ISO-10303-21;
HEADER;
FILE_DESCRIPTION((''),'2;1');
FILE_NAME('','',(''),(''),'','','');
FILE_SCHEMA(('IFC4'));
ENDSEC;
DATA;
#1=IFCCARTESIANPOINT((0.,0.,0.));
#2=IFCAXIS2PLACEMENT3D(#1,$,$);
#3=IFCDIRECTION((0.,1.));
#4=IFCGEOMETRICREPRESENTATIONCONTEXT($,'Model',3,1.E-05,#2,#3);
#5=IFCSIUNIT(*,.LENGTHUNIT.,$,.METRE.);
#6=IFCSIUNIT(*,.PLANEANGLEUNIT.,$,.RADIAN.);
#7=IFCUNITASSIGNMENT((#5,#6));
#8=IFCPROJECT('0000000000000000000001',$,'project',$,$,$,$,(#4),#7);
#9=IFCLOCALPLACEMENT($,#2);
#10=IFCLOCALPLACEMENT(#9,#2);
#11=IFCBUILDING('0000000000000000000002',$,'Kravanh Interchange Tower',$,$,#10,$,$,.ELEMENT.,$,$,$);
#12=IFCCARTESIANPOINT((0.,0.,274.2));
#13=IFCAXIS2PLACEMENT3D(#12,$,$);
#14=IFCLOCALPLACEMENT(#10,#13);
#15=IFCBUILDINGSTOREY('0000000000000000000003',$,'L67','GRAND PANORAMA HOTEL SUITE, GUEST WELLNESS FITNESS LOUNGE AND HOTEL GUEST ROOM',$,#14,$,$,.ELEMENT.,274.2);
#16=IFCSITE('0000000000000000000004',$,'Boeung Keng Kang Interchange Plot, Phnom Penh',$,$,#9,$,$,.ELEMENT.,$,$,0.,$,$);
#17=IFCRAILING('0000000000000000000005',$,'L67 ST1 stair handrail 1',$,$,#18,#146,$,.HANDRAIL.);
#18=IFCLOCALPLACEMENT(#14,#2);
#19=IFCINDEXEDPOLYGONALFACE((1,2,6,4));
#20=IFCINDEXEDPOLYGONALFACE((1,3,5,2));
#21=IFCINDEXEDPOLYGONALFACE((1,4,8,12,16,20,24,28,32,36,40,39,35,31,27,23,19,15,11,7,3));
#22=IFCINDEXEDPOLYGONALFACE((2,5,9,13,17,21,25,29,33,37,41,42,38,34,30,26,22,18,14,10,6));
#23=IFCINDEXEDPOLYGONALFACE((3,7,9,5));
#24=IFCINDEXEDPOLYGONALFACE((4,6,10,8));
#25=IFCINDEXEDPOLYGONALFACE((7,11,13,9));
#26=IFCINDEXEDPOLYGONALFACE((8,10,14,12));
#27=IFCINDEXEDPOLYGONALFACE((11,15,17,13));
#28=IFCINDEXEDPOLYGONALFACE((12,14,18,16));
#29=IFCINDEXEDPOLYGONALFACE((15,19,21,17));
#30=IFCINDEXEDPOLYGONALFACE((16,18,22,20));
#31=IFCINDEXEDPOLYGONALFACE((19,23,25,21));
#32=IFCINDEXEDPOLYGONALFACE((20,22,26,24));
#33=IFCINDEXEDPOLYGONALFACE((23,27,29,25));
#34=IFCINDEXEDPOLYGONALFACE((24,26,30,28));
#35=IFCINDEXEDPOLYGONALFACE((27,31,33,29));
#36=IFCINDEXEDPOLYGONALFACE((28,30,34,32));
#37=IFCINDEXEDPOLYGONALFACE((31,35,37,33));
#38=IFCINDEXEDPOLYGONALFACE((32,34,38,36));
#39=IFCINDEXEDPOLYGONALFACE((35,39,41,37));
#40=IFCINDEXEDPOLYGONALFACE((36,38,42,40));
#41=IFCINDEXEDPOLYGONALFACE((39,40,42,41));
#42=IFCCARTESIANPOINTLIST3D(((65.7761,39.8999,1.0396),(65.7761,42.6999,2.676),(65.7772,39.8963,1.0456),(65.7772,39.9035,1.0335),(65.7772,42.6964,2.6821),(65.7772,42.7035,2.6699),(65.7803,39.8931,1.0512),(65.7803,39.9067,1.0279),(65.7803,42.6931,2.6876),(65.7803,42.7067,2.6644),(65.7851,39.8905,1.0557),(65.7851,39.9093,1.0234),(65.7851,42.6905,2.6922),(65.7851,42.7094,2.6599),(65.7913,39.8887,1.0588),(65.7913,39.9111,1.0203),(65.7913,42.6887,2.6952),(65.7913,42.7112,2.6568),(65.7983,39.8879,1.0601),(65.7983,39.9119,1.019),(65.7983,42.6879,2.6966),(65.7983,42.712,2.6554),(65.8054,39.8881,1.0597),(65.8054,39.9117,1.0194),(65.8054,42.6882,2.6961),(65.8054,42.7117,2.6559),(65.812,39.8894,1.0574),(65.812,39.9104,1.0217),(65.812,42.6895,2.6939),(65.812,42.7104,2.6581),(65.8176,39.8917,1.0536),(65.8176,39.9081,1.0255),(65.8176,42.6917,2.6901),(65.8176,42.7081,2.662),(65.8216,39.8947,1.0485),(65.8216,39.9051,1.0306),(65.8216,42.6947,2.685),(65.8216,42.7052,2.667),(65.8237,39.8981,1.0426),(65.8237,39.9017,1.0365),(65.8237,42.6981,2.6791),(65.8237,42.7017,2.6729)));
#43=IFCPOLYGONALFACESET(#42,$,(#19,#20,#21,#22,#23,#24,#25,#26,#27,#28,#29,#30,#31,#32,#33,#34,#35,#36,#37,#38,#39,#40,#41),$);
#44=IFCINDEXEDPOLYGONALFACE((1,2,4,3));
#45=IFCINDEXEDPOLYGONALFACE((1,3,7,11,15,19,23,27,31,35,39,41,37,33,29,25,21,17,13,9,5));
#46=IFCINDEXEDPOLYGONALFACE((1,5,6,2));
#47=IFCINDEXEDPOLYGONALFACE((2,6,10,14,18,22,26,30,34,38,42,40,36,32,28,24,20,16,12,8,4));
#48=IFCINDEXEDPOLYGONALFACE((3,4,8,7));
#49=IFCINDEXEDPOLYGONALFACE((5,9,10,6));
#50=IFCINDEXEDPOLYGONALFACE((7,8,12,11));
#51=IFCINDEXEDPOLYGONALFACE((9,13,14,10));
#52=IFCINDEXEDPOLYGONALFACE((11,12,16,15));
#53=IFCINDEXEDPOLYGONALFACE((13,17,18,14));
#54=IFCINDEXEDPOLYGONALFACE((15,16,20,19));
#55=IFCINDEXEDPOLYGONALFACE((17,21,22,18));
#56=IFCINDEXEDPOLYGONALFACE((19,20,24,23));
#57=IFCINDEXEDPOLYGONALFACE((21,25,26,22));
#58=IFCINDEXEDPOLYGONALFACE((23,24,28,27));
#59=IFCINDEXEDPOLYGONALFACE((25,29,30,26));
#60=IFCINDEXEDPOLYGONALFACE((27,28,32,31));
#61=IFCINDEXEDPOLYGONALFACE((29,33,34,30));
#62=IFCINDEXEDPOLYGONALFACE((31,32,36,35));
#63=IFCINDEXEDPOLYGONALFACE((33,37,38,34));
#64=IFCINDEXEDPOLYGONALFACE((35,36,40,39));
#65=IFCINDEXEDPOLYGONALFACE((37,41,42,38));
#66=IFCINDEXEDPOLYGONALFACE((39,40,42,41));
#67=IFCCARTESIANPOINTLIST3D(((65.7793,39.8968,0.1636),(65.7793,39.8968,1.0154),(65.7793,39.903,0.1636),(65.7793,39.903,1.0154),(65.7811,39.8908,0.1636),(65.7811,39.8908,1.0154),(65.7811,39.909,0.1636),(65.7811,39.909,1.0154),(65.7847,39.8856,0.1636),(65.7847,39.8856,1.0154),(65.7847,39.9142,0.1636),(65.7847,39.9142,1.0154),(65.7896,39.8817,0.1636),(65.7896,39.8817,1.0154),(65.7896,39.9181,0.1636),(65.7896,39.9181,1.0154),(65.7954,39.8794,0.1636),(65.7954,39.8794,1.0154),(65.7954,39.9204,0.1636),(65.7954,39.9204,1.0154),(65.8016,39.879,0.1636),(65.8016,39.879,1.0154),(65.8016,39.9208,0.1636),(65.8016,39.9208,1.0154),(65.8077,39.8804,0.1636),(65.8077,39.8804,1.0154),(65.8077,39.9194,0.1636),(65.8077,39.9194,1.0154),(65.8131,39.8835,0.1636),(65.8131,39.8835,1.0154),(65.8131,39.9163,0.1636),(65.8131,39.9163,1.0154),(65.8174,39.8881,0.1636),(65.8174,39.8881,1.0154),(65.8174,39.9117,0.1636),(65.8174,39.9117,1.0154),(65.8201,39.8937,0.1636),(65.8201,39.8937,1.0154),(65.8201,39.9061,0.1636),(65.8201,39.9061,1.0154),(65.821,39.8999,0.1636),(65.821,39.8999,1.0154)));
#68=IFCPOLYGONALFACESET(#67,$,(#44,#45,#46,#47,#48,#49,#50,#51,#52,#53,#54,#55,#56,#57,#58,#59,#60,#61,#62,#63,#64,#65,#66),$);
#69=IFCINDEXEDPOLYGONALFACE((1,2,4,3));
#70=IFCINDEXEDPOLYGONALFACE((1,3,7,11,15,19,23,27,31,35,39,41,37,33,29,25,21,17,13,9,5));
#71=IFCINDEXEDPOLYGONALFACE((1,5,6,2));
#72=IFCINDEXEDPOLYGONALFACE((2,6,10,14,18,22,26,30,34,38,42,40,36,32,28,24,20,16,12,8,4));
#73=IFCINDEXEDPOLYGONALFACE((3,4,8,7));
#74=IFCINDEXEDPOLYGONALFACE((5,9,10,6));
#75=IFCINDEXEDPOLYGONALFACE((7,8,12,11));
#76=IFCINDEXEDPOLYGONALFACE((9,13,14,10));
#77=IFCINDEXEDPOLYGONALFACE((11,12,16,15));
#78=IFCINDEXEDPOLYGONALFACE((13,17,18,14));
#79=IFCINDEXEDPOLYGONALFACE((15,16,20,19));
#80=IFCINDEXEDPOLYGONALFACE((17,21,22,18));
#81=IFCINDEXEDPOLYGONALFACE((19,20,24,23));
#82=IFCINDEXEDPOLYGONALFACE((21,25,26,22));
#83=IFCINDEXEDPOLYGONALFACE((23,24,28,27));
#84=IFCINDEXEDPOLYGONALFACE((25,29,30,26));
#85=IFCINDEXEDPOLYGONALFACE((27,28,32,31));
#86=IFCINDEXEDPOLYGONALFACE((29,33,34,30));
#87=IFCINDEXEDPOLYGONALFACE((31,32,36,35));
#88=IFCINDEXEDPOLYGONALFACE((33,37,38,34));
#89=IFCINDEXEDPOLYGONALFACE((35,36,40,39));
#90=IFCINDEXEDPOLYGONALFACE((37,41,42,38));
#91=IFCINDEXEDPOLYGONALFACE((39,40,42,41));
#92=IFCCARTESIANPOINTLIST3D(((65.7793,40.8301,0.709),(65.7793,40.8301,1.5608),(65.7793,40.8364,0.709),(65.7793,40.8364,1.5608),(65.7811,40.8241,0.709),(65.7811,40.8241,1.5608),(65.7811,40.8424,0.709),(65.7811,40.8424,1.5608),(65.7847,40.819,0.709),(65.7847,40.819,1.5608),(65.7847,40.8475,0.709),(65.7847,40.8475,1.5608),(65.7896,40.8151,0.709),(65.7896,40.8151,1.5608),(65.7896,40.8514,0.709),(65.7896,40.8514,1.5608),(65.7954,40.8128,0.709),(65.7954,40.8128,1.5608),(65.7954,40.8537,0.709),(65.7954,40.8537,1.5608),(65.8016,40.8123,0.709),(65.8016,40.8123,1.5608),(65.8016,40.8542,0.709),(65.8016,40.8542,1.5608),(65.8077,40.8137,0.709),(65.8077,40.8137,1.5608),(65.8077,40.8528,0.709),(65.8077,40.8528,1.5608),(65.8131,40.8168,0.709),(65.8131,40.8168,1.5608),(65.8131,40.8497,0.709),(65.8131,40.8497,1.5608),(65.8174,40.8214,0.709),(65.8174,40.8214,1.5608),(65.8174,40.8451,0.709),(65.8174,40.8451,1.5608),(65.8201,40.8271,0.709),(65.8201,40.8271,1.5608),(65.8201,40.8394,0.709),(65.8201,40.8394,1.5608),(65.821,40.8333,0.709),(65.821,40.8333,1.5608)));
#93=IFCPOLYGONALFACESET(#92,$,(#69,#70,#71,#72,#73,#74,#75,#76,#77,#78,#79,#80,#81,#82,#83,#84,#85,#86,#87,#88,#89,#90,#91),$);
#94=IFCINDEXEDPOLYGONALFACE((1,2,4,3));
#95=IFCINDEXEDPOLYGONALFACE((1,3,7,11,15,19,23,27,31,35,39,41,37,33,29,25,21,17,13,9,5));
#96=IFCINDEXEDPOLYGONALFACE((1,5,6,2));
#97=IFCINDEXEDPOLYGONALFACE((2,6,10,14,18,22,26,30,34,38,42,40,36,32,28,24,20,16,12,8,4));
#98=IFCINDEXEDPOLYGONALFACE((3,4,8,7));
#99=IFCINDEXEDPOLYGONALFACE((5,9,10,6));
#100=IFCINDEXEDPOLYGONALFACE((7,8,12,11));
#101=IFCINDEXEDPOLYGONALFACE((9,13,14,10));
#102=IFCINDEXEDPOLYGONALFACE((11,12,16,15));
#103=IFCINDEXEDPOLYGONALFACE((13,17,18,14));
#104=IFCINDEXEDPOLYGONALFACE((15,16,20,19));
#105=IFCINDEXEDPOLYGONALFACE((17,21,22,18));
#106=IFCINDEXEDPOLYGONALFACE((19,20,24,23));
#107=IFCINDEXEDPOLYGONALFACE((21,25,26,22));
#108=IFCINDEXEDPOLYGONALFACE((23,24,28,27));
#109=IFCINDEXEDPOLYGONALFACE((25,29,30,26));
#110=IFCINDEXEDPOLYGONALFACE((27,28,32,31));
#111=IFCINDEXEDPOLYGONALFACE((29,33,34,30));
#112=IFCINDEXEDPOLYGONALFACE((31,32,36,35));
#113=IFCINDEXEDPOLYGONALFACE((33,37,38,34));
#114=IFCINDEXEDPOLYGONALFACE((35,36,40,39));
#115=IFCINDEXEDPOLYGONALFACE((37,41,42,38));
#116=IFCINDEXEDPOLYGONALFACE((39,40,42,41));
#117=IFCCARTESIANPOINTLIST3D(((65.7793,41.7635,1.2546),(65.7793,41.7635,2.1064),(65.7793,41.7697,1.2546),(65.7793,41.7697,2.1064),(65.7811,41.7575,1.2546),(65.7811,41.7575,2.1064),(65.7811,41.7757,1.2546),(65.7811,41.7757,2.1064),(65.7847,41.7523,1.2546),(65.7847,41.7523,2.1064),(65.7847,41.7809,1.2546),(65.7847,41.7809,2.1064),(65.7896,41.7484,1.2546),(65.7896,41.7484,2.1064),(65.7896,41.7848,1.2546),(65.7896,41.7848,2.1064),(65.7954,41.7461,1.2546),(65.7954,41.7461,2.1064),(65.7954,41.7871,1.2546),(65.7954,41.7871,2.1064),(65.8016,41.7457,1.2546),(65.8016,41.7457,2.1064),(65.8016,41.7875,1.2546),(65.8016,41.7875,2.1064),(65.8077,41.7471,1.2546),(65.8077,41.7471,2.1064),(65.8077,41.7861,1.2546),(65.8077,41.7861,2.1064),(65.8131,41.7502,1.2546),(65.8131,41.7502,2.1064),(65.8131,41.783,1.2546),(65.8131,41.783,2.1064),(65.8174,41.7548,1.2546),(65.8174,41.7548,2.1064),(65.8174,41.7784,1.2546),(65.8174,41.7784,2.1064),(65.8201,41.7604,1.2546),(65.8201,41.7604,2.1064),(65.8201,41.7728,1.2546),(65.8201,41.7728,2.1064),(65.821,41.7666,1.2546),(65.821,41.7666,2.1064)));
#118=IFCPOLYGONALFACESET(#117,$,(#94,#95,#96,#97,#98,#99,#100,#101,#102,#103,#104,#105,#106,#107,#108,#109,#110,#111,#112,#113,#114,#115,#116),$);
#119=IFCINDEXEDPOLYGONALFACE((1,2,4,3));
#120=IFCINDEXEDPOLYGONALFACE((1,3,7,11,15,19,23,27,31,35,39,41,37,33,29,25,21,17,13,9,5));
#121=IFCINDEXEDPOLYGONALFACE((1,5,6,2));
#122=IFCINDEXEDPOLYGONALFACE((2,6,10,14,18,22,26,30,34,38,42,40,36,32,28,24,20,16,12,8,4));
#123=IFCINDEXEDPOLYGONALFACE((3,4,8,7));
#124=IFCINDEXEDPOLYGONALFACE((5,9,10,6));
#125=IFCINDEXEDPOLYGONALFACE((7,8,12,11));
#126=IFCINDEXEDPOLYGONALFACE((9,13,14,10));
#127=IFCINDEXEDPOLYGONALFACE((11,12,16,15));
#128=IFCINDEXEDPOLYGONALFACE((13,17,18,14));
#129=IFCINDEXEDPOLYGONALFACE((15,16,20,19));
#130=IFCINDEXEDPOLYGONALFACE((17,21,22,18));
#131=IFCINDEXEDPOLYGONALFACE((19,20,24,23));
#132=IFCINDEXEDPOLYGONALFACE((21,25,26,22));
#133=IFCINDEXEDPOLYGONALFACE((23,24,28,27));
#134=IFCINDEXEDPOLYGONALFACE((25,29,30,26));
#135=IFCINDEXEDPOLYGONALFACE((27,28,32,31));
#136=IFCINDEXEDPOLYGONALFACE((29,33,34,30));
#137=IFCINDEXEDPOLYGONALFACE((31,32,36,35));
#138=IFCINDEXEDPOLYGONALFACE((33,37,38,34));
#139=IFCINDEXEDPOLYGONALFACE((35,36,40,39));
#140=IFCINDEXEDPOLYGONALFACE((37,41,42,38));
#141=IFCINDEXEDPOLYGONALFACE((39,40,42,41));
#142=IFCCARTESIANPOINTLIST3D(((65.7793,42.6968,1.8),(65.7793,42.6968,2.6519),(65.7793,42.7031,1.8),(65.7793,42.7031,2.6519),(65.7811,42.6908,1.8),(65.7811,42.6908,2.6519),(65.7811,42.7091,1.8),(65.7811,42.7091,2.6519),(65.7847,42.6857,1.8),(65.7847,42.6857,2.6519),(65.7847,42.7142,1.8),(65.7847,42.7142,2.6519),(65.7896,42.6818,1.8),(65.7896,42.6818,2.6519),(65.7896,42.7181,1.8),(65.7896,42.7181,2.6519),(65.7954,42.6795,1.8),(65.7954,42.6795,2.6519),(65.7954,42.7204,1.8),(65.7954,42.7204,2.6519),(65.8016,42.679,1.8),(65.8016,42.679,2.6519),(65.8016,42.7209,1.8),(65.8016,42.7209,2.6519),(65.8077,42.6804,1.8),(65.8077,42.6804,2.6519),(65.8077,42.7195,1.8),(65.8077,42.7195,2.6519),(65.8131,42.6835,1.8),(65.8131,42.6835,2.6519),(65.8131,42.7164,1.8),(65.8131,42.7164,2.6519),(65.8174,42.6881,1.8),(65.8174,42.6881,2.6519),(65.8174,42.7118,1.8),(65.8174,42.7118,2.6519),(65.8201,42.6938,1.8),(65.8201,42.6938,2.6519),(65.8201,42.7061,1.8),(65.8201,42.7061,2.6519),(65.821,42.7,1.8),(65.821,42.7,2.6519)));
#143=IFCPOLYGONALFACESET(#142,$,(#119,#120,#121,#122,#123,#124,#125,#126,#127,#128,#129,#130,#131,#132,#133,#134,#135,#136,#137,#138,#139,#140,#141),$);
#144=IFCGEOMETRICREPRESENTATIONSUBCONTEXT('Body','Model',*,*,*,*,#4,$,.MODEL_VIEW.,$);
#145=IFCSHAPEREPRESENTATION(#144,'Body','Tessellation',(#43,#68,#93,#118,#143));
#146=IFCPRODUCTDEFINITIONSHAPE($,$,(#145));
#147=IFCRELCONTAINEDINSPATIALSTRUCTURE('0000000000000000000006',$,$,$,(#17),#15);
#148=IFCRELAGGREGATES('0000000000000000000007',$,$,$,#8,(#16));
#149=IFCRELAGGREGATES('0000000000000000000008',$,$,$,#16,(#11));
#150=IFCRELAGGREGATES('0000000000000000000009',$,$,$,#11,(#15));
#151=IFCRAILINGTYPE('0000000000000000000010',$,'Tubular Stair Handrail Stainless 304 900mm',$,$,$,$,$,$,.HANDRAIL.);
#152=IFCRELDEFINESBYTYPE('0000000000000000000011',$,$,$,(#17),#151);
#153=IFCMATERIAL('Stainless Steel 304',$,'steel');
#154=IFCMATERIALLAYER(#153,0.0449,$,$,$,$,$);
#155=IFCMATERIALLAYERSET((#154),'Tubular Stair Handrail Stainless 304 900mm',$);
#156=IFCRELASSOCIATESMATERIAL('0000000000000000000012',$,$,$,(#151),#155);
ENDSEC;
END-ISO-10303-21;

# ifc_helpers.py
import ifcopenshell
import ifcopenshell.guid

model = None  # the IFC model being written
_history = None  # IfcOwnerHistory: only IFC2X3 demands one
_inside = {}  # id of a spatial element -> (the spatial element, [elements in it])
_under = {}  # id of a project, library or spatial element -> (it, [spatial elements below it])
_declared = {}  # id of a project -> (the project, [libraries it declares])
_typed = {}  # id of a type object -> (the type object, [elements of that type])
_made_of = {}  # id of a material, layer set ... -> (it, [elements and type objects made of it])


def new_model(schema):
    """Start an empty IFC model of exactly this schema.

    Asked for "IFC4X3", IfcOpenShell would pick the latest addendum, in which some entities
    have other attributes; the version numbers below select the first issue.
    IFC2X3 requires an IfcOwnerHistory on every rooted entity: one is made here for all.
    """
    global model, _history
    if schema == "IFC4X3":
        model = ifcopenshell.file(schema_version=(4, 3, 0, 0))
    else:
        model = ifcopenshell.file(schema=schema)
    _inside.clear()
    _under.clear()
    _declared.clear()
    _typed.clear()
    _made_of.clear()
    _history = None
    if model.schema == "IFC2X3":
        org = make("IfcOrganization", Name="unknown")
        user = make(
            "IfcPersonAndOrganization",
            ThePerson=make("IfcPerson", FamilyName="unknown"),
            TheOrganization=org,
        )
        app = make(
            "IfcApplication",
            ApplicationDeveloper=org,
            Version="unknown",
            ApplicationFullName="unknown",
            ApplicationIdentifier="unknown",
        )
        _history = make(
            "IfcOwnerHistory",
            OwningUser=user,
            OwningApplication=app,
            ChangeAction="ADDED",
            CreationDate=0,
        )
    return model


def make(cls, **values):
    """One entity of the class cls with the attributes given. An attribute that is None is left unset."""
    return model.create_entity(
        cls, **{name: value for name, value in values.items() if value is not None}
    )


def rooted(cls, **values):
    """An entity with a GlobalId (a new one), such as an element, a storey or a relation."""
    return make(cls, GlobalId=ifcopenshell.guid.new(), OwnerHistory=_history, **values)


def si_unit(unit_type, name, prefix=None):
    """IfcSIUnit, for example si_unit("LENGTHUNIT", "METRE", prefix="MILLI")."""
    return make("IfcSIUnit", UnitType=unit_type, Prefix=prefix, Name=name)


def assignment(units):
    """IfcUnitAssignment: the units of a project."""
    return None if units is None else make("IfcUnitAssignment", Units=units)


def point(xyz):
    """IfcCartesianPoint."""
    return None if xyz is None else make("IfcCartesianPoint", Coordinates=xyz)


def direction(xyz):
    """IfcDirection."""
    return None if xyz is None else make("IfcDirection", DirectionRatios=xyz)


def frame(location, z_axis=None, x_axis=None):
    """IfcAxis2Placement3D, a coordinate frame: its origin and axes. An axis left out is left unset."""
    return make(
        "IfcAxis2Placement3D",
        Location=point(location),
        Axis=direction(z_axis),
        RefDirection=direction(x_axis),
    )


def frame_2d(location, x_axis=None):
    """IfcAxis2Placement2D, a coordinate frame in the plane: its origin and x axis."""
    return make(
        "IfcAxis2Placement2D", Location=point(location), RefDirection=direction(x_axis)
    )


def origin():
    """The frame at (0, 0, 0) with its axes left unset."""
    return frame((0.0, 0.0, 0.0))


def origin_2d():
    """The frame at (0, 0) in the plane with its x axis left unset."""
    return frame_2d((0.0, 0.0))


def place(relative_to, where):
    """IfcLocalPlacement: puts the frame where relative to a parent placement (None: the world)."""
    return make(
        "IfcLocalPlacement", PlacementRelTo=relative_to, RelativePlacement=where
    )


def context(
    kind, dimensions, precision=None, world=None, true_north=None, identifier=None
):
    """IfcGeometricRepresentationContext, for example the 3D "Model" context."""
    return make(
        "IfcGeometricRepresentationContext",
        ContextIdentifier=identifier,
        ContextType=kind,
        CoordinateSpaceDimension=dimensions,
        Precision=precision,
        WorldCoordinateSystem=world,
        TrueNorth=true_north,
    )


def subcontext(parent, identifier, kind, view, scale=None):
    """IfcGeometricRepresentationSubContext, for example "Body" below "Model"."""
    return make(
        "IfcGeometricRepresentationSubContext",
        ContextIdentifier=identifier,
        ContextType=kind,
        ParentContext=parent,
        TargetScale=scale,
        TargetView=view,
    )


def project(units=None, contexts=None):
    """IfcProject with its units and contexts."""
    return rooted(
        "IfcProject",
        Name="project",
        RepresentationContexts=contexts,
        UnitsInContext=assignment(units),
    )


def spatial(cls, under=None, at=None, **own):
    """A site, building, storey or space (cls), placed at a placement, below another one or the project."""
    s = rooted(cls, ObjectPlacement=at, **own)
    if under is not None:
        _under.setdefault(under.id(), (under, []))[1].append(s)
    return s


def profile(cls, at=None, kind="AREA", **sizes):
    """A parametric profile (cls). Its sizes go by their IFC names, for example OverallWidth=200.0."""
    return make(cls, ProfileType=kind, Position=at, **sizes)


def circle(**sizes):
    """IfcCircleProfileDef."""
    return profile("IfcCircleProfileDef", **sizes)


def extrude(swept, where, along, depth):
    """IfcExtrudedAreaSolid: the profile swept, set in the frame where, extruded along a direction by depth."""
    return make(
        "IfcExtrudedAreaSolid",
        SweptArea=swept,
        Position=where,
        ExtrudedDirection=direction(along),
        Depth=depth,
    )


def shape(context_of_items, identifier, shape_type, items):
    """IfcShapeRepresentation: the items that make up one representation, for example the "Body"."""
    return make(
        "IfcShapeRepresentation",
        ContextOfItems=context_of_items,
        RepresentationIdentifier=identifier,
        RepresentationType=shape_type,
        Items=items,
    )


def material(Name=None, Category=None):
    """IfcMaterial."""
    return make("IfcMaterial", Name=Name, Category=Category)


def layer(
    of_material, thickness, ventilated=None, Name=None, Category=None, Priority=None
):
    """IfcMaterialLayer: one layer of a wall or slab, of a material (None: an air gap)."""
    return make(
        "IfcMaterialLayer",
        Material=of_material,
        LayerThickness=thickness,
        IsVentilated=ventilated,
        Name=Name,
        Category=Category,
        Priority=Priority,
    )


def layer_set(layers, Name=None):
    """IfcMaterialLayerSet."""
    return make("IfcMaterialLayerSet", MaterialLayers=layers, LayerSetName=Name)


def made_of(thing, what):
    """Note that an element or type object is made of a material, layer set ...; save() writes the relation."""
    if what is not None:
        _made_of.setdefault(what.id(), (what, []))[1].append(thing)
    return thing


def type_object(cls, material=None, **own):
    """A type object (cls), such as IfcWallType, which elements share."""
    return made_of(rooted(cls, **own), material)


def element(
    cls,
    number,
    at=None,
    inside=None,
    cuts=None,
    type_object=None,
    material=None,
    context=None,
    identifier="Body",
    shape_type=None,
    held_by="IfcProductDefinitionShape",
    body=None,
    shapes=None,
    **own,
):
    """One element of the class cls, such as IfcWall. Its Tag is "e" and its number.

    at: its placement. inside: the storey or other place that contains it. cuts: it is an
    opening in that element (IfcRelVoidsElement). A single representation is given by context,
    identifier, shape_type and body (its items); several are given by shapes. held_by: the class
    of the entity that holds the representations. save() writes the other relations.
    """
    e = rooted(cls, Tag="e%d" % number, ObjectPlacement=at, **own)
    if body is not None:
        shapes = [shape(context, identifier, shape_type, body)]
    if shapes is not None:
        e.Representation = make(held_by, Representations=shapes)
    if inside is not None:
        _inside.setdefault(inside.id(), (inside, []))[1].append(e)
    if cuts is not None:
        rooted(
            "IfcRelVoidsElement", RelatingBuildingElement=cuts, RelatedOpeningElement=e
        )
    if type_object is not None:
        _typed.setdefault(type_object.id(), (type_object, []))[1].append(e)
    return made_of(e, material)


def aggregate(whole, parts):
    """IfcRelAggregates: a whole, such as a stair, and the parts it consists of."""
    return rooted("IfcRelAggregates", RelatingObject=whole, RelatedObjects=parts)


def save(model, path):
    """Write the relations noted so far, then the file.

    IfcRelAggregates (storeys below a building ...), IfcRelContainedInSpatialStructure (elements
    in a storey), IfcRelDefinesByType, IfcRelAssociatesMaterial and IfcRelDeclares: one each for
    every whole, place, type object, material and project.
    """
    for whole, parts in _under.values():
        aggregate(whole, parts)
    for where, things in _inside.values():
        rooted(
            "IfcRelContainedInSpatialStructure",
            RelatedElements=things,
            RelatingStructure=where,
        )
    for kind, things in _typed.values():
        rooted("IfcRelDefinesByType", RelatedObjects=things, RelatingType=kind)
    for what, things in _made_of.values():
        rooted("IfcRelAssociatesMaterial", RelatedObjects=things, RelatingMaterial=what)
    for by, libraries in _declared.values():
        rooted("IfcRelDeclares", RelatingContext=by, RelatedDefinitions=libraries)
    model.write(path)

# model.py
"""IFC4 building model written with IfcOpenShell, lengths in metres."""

from ifc_helpers import new_model, si_unit, direction, frame, origin, origin_2d, place, context, subcontext, project, spatial, circle, extrude, material, layer, layer_set, type_object, element, save


model = new_model("IFC4")

# Units and contexts
model_context = context("Model", 3, precision=1e-05, world=origin(), true_north=direction((0.0, 1.0)))
body_context = subcontext(model_context, "Body", "Model", "MODEL_VIEW")
ifc_project = project(units=[si_unit("LENGTHUNIT", "METRE"), si_unit("PLANEANGLEUNIT", "RADIAN")], contexts=[model_context])

# Site, building, storey
site_placement = place(None, origin())
site = spatial("IfcSite", under=ifc_project, at=site_placement, Name="Boeung Keng Kang Interchange Plot, Phnom Penh", CompositionType="ELEMENT", RefElevation=0.0)
building_placement = place(site_placement, origin())
building = spatial("IfcBuilding", under=site, at=building_placement, Name="Kravanh Interchange Tower", CompositionType="ELEMENT")
storey_placement = place(building_placement, frame((0.0, 0.0, 274.2)))
storey = spatial("IfcBuildingStorey", under=building, at=storey_placement, Name="L67", Description="GRAND PANORAMA HOTEL SUITE, GUEST WELLNESS FITNESS LOUNGE AND HOTEL GUEST ROOM", CompositionType="ELEMENT", Elevation=274.2)

# Railing
ifc_material_1 = material(Name="Stainless Steel 304", Category="steel")
ifc_layer_1 = layer(ifc_material_1, 0.0449)
ifc_layer_set_1 = layer_set([ifc_layer_1], Name="Tubular Stair Handrail Stainless 304 900mm")
railing_type_1 = type_object("IfcRailingType", Name="Tubular Stair Handrail Stainless 304 900mm", PredefinedType="HANDRAIL", material=ifc_layer_set_1)
railing_1_placement = place(storey_placement, frame((65.8, 39.8999, 0.1636)))
element("IfcRailing", 1, at=railing_1_placement, inside=storey, type_object=railing_type_1, Name="L67 ST1 stair handrail 1", PredefinedType="HANDRAIL", context=body_context, shape_type="SweptSolid", body=[
    extrude(circle(Radius=0.0239, at=origin_2d()), frame((0.0, 0.0, 0.876), z_axis=(0.0, 0.863361, 0.504587), x_axis=(-1.0, 0.0, 0.0)), (0.0, 0.0, 1.0), 3.2432),
    extrude(circle(Radius=0.021, at=origin_2d()), origin(), (0.0, 0.0, 1.0), 0.8518),
    extrude(circle(Radius=0.021, at=origin_2d()), frame((0.0, 0.9333, 0.5454)), (0.0, 0.0, 1.0), 0.8518),
    extrude(circle(Radius=0.021, at=origin_2d()), frame((0.0, 1.8667, 1.0911)), (0.0, 0.0, 1.0), 0.8518),
    extrude(circle(Radius=0.021, at=origin_2d()), frame((0.0, 2.8, 1.6365)), (0.0, 0.0, 1.0), 0.8518),
])

save(model, "model.ifc")
